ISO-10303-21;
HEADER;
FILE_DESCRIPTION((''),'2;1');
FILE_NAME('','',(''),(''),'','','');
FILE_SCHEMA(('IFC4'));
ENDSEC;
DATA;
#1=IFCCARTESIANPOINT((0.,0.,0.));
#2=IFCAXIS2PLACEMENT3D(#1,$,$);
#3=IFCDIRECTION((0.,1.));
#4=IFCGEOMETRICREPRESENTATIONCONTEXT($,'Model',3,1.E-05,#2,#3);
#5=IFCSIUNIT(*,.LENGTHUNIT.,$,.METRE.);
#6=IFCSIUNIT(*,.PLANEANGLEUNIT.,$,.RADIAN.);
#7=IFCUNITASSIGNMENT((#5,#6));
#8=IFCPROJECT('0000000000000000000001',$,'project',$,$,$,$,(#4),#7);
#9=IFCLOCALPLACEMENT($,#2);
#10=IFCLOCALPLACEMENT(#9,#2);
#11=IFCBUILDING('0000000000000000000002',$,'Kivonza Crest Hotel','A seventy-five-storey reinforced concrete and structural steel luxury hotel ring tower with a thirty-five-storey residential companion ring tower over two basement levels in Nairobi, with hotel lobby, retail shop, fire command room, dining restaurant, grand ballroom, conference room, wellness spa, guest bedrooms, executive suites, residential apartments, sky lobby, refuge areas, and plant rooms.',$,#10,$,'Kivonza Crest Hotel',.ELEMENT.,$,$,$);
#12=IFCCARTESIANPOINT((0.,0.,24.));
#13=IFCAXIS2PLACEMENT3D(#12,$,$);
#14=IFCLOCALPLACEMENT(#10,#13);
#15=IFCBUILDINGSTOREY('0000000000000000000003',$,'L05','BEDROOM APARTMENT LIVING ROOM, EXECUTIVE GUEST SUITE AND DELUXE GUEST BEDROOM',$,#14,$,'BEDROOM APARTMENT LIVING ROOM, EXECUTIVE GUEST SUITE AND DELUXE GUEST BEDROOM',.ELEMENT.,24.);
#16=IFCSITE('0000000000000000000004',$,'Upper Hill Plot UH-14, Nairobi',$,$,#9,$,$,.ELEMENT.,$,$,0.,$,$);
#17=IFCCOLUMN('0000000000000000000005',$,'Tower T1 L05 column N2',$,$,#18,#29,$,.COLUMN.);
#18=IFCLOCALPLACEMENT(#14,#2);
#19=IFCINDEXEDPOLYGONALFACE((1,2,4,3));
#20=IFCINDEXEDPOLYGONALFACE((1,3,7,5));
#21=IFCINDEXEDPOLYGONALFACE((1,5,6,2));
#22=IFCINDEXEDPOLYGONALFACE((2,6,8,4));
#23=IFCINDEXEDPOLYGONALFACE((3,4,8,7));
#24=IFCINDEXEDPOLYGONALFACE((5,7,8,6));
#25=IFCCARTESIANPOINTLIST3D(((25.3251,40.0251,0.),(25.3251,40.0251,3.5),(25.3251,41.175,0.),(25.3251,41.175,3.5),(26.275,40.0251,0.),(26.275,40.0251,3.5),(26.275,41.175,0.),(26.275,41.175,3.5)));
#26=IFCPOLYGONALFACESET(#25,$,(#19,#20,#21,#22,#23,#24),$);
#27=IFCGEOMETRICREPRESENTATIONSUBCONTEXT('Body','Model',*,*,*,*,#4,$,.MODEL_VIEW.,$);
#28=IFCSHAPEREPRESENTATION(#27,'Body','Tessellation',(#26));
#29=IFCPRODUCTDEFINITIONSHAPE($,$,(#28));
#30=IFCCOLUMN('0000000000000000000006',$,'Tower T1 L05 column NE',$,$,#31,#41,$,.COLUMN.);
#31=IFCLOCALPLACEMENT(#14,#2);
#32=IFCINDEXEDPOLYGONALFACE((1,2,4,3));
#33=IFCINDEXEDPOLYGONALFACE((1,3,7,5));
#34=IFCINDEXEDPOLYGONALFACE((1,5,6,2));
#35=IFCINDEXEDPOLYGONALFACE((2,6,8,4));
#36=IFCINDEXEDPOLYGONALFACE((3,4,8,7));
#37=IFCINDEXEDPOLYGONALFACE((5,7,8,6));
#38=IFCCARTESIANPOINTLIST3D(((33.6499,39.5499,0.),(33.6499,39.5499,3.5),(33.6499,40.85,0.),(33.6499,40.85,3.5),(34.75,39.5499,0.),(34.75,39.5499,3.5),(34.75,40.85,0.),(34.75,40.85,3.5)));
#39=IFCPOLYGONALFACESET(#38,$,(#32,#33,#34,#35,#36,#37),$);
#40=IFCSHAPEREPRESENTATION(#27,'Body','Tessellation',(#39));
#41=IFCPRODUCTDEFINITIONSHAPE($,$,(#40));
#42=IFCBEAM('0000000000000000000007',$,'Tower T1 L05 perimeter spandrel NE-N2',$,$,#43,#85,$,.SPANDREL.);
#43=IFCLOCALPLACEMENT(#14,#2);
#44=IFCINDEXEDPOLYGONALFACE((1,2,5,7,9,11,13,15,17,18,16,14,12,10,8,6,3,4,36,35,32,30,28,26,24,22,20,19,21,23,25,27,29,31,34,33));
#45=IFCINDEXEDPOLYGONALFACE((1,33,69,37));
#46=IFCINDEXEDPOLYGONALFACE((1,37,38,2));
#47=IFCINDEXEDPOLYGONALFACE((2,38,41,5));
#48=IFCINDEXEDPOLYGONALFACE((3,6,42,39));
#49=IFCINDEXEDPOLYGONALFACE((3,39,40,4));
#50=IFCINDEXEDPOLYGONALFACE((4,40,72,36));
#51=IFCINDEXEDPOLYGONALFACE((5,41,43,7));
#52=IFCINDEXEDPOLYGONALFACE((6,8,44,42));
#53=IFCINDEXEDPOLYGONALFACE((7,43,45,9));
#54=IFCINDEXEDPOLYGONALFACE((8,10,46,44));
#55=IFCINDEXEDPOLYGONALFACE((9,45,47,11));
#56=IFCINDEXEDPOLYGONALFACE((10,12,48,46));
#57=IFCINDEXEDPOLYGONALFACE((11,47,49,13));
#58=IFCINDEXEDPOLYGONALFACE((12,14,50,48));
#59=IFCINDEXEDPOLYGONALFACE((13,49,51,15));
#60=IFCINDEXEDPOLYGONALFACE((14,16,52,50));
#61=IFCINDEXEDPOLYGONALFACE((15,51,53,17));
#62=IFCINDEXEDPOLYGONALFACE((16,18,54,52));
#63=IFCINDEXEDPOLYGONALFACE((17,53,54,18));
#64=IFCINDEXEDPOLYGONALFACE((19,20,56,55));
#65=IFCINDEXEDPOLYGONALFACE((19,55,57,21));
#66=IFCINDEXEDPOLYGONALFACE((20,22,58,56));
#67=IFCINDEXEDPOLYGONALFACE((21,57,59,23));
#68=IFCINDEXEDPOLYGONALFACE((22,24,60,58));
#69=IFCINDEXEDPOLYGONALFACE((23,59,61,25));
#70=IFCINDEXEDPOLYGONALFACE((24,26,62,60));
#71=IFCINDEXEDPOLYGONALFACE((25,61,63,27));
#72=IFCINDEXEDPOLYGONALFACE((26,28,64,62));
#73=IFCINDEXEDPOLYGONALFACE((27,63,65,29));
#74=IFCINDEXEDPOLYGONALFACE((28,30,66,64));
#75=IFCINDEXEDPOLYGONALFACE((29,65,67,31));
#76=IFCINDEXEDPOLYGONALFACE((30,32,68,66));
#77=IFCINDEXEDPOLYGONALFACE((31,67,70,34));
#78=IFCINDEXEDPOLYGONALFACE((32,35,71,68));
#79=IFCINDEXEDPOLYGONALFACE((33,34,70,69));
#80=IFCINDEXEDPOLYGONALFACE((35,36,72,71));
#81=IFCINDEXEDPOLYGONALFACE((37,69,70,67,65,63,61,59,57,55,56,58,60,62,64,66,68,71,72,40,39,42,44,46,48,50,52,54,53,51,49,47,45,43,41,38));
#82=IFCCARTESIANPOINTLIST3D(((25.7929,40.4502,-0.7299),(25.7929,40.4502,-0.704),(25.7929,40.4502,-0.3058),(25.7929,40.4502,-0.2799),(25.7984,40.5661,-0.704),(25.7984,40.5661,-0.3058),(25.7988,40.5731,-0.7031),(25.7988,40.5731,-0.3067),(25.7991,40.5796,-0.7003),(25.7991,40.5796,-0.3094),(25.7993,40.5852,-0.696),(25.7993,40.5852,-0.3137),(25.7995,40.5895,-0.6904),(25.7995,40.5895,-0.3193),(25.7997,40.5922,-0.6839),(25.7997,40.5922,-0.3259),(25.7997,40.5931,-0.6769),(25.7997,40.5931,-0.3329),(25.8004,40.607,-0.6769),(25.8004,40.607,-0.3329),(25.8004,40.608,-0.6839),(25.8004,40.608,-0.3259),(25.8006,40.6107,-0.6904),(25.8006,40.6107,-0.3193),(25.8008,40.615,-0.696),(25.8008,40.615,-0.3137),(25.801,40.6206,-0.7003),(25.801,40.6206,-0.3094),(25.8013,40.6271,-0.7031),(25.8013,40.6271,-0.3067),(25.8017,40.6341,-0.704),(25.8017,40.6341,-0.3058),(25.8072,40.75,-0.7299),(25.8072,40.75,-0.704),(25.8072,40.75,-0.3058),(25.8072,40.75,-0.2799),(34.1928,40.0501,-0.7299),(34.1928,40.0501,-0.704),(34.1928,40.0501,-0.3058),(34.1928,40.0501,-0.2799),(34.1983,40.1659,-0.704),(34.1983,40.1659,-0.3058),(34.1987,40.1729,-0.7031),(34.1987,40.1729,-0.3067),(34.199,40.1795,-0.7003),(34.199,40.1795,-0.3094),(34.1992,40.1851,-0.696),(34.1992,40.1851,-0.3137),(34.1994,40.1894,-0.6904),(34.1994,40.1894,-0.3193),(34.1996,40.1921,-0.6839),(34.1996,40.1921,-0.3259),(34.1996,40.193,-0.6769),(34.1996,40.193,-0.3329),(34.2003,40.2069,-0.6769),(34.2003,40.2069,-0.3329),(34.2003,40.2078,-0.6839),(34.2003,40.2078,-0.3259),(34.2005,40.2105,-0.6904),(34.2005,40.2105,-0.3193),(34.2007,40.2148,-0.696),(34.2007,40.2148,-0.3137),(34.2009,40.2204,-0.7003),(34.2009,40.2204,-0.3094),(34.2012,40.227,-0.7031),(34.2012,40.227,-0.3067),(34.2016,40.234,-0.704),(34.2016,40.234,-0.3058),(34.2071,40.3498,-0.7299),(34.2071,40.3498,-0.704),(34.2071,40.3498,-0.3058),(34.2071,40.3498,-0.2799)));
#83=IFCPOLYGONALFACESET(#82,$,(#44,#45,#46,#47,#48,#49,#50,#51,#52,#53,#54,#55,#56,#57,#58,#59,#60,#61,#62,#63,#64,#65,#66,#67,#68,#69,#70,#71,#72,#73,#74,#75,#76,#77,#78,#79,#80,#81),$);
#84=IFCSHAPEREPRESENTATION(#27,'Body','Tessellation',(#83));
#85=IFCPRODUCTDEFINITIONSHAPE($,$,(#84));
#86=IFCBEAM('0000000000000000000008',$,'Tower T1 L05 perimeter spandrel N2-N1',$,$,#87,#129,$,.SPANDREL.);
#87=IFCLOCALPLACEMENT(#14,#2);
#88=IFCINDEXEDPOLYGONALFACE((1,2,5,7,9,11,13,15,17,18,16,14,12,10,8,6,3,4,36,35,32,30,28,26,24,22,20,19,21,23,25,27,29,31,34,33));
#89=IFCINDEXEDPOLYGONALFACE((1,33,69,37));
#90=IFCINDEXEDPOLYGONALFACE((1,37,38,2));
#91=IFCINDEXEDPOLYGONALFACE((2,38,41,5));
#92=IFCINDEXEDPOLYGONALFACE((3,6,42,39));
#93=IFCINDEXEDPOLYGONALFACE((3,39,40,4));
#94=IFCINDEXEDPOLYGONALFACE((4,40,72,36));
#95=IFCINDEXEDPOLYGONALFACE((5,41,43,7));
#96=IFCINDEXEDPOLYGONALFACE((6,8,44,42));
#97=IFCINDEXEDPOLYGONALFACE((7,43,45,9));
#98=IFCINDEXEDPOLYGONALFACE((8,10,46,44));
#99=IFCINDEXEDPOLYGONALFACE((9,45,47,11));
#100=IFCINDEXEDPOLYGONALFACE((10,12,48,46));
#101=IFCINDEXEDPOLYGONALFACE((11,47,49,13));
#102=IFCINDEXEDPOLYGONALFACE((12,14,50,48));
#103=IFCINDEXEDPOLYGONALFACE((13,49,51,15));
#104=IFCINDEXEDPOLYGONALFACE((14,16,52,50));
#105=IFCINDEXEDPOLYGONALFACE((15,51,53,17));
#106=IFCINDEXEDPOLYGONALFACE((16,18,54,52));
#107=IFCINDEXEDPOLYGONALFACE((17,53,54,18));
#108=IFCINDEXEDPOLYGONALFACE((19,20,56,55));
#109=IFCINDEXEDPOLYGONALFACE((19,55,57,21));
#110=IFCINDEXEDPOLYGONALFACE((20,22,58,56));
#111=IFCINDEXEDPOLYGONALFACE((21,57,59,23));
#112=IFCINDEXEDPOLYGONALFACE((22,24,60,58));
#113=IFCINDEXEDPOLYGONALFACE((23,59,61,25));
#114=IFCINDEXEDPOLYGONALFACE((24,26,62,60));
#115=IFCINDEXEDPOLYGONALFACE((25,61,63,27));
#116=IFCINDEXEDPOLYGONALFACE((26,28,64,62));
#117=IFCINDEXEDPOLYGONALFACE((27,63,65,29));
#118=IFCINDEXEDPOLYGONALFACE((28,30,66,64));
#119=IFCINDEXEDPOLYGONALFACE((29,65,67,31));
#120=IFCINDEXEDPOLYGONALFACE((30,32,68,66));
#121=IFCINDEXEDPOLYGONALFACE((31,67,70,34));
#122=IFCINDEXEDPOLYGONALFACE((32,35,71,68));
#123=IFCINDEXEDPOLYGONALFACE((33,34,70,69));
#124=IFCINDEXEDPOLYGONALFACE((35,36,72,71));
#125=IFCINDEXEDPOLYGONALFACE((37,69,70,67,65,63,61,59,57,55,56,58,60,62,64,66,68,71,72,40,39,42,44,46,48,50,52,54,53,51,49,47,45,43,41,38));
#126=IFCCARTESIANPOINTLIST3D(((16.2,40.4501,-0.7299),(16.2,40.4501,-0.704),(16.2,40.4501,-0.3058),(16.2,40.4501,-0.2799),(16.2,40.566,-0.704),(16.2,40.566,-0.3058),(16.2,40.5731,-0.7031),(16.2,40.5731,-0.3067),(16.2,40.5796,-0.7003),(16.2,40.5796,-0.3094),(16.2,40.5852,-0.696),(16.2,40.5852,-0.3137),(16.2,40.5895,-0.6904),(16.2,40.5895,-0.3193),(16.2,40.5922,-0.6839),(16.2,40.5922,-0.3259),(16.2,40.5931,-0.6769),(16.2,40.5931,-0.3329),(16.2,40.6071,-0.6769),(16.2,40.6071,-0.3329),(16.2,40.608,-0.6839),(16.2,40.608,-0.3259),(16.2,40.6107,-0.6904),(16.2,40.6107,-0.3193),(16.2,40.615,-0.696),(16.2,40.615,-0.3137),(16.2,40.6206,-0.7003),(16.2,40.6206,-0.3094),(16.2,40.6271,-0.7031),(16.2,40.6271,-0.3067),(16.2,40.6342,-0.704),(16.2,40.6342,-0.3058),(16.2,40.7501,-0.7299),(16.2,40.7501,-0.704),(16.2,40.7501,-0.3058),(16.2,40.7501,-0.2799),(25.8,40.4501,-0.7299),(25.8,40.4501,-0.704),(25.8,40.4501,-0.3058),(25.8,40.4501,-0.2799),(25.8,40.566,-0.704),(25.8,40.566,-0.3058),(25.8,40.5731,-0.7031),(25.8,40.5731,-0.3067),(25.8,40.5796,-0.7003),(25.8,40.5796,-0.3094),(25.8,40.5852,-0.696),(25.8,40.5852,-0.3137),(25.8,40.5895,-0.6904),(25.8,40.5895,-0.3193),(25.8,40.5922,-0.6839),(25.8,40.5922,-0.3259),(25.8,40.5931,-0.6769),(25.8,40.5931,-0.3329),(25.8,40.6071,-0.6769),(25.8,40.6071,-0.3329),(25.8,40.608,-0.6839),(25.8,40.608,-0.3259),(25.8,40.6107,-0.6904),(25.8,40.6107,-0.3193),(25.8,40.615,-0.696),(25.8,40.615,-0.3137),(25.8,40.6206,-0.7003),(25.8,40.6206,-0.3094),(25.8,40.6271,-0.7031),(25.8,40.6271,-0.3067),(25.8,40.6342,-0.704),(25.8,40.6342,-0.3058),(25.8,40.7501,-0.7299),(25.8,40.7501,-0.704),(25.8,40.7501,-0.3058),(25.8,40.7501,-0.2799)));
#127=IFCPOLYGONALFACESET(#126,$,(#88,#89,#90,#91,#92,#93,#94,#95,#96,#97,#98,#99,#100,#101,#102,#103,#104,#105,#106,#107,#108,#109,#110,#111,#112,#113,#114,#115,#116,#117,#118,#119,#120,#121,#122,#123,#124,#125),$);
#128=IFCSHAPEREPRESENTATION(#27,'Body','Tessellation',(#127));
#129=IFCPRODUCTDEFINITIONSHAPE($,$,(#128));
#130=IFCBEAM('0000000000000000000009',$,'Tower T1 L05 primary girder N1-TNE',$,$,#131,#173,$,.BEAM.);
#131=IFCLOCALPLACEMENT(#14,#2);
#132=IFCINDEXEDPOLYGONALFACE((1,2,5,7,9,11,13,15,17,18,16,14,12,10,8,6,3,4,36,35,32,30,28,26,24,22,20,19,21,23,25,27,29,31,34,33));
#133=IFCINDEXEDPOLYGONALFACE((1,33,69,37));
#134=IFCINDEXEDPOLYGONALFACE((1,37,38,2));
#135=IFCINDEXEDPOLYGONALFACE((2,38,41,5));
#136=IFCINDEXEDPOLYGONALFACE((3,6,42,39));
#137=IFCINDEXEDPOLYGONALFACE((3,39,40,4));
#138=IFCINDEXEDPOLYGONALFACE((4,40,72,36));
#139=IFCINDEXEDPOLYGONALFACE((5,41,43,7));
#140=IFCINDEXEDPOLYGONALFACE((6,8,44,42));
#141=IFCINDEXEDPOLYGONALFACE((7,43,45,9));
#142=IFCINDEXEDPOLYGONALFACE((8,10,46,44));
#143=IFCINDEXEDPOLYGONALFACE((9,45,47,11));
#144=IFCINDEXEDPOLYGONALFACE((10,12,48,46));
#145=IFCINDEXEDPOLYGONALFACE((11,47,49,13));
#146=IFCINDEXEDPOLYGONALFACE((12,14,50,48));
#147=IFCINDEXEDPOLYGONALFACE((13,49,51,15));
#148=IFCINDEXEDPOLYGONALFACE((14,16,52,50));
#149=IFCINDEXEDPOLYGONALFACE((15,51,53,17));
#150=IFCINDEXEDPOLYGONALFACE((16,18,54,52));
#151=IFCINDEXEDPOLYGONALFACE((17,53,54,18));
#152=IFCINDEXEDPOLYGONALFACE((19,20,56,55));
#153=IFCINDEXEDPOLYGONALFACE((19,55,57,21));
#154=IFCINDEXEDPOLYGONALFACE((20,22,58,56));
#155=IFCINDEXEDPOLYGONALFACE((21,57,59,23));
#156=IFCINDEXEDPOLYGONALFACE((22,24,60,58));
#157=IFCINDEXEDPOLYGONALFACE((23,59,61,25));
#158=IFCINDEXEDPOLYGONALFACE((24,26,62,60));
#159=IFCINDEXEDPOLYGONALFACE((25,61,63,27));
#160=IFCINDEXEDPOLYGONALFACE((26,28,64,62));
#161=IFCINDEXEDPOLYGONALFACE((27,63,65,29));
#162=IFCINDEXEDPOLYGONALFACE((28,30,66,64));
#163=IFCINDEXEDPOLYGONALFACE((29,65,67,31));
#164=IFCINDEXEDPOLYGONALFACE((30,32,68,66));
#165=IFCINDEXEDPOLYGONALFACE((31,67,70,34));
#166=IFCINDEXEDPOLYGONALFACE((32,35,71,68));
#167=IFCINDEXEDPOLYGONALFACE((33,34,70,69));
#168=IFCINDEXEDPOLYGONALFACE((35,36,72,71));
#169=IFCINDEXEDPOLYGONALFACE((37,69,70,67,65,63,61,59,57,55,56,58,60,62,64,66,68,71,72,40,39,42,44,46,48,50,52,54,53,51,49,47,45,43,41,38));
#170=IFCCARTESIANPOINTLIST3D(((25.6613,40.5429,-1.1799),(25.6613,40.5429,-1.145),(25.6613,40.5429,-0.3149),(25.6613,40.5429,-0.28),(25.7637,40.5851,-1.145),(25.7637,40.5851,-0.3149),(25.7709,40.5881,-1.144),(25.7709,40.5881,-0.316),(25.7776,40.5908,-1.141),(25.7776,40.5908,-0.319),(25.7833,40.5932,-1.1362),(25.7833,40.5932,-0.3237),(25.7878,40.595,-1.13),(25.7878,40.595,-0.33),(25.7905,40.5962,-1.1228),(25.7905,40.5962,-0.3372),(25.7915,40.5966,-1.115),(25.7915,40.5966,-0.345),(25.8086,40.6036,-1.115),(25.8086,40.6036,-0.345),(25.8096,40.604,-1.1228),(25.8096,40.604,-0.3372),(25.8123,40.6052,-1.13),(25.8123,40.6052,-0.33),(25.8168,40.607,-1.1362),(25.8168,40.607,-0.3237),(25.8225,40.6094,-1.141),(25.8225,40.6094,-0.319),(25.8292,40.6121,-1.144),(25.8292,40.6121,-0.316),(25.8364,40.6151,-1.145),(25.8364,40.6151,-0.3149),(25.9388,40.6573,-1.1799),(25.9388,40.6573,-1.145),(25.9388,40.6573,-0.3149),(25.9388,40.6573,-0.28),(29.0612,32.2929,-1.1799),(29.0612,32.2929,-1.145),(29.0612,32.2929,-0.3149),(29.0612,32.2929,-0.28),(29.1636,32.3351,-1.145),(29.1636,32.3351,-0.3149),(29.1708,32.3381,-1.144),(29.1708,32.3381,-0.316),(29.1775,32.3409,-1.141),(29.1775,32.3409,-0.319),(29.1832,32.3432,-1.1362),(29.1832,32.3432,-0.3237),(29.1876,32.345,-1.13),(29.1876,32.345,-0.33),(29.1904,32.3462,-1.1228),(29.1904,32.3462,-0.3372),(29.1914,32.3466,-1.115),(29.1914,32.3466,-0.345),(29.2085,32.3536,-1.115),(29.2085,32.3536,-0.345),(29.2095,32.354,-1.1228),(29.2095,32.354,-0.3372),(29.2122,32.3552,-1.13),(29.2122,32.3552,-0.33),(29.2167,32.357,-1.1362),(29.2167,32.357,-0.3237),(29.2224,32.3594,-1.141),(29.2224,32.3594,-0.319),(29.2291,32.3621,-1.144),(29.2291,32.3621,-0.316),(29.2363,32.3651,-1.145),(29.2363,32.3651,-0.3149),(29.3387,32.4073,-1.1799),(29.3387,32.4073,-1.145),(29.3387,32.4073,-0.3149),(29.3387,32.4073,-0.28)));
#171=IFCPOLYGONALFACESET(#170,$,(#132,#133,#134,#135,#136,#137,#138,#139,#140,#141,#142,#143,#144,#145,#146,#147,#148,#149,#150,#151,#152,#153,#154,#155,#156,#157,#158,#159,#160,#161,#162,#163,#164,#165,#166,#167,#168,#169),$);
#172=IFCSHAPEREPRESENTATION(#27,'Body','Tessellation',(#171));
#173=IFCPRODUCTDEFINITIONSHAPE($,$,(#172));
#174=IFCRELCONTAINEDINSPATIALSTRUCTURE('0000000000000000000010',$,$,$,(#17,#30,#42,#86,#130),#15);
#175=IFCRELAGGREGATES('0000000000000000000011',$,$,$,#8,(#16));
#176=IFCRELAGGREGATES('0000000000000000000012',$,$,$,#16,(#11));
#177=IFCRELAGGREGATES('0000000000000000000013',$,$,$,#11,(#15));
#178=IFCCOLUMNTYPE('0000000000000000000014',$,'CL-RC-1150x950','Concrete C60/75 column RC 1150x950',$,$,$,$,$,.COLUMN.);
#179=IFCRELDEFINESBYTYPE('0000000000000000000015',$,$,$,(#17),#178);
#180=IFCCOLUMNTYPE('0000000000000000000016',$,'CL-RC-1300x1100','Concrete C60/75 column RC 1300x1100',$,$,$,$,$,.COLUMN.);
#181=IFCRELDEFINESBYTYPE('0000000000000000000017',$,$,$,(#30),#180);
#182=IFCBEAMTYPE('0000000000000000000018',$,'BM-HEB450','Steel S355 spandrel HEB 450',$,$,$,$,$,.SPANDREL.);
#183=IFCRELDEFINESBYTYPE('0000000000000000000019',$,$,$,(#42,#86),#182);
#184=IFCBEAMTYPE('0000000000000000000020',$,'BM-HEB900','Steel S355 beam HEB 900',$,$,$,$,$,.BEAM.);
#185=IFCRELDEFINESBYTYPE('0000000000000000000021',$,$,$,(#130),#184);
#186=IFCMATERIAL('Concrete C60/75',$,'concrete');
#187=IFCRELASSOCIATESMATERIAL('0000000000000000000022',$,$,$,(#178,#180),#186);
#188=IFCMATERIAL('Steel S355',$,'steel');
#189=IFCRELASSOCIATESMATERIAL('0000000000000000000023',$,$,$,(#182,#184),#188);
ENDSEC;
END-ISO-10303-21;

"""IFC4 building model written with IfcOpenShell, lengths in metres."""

from ifc_helpers import new_model, si_unit, direction, frame, origin, origin_2d, place, context, subcontext, project, spatial, rectangle, i_section, extrude, material, material_profile, profile_set, type_object, element, save


model = new_model("IFC4")

# Units and contexts
model_context = context("Model", 3, precision=1e-05, world=origin(), true_north=direction((0.0, 1.0)))
body_context = subcontext(model_context, "Body", "Model", "MODEL_VIEW")
ifc_project = project(units=[si_unit("LENGTHUNIT", "METRE"), si_unit("PLANEANGLEUNIT", "RADIAN")], contexts=[model_context])

# Site, building, storey
site_placement = place(None, origin())
site = spatial("IfcSite", under=ifc_project, at=site_placement, Name="Upper Hill Plot UH-14, Nairobi", CompositionType="ELEMENT", RefElevation=0.0)
building_placement = place(site_placement, origin())
building = spatial("IfcBuilding", under=site, at=building_placement, Name="Kivonza Crest Hotel", Description="A seventy-five-storey reinforced concrete and structural steel luxury hotel ring tower with a thirty-five-storey residential companion ring tower over two basement levels in Nairobi, with hotel lobby, retail shop, fire command room, dining restaurant, grand ballroom, conference room, wellness spa, guest bedrooms, executive suites, residential apartments, sky lobby, refuge areas, and plant rooms.", LongName="Kivonza Crest Hotel", CompositionType="ELEMENT")
storey_placement = place(building_placement, frame((0.0, 0.0, 24.0)))
storey = spatial("IfcBuildingStorey", under=building, at=storey_placement, Name="L05", Description="BEDROOM APARTMENT LIVING ROOM, EXECUTIVE GUEST SUITE AND DELUXE GUEST BEDROOM", LongName="BEDROOM APARTMENT LIVING ROOM, EXECUTIVE GUEST SUITE AND DELUXE GUEST BEDROOM", CompositionType="ELEMENT", Elevation=24.0)

# Columns
ifc_material_1 = material(Name="Concrete C60/75", Category="concrete")
ifc_material_profile_1 = material_profile(ifc_material_1, rectangle(XDim=0.95, YDim=1.1499, at=origin_2d()), Name="RC 1150x950")
ifc_profile_set_1 = profile_set([ifc_material_profile_1], Name="Concrete C60/75")
column_type_1 = type_object("IfcColumnType", Name="CL-RC-1150x950", Description="Concrete C60/75 column RC 1150x950", PredefinedType="COLUMN", material=ifc_profile_set_1)
column_1_placement = place(storey_placement, frame((25.8, 40.6001, 0.0), z_axis=(0.0, 0.0, 1.0), x_axis=(1.0, 0.0, 0.0)))
element("IfcColumn", 1, at=column_1_placement, inside=storey, type_object=column_type_1, Name="Tower T1 L05 column N2", PredefinedType="COLUMN", context=body_context, shape_type="SweptSolid", body=[
    extrude(rectangle(XDim=0.95, YDim=1.1499, at=origin_2d()), origin(), (0.0, 0.0, 1.0), 3.5),
])
ifc_material_profile_2 = material_profile(ifc_material_1, rectangle(XDim=1.1001, YDim=1.3, at=origin_2d()), Name="RC 1300x1100")
ifc_profile_set_2 = profile_set([ifc_material_profile_2], Name="Concrete C60/75")
column_type_2 = type_object("IfcColumnType", Name="CL-RC-1300x1100", Description="Concrete C60/75 column RC 1300x1100", PredefinedType="COLUMN", material=ifc_profile_set_2)
column_2_placement = place(storey_placement, frame((34.2, 40.2, 0.0), z_axis=(0.0, 0.0, 1.0), x_axis=(1.0, 0.0, 0.0)))
element("IfcColumn", 2, at=column_2_placement, inside=storey, type_object=column_type_2, Name="Tower T1 L05 column NE", PredefinedType="COLUMN", context=body_context, shape_type="SweptSolid", body=[
    extrude(rectangle(XDim=1.1001, YDim=1.3, at=origin_2d()), origin(), (0.0, 0.0, 1.0), 3.5),
])

# Beams
ifc_material_2 = material(Name="Steel S355", Category="steel")
ifc_material_profile_3 = material_profile(ifc_material_2, i_section(OverallWidth=0.3, OverallDepth=0.45, WebThickness=0.0139, FlangeThickness=0.0259, FilletRadius=0.0271, at=origin_2d()), Name="HEB 450")
ifc_profile_set_3 = profile_set([ifc_material_profile_3], Name="Steel S355")
beam_type_1 = type_object("IfcBeamType", Name="BM-HEB450", Description="Steel S355 spandrel HEB 450", PredefinedType="SPANDREL", material=ifc_profile_set_3)
beam_1_placement = place(storey_placement, frame((34.2, 40.2, -0.5049), z_axis=(-0.998867, 0.047583, 0.0), x_axis=(-0.047583, -0.998867, 0.0)))
element("IfcBeam", 3, at=beam_1_placement, inside=storey, type_object=beam_type_1, Name="Tower T1 L05 perimeter spandrel NE-N2", PredefinedType="SPANDREL", context=body_context, shape_type="SweptSolid", body=[
    extrude(i_section(OverallWidth=0.3, OverallDepth=0.45, WebThickness=0.0139, FlangeThickness=0.0259, FilletRadius=0.0271, at=origin_2d()), origin(), (0.0, 0.0, 1.0), 8.4094),
])
beam_2_placement = place(storey_placement, frame((25.8, 40.6001, -0.5049), z_axis=(-1.0, 0.0, 0.0), x_axis=(0.0, -1.0, 0.0)))
element("IfcBeam", 4, at=beam_2_placement, inside=storey, type_object=beam_type_1, Name="Tower T1 L05 perimeter spandrel N2-N1", PredefinedType="SPANDREL", context=body_context, shape_type="SweptSolid", body=[
    extrude(i_section(OverallWidth=0.3, OverallDepth=0.45, WebThickness=0.0139, FlangeThickness=0.0259, FilletRadius=0.0271, at=origin_2d()), origin(), (0.0, 0.0, 1.0), 9.6001),
])
ifc_material_profile_4 = material_profile(ifc_material_2, i_section(OverallWidth=0.3, OverallDepth=0.8999, WebThickness=0.0186, FlangeThickness=0.0349, FilletRadius=0.03, at=origin_2d()), Name="HEB 900")
ifc_profile_set_4 = profile_set([ifc_material_profile_4], Name="Steel S355")
beam_type_2 = type_object("IfcBeamType", Name="BM-HEB900", Description="Steel S355 beam HEB 900", PredefinedType="BEAM", material=ifc_profile_set_4)
beam_3_placement = place(storey_placement, frame((25.8, 40.6001, -0.73), z_axis=(0.381022, -0.924566, 0.0), x_axis=(0.924566, 0.381022, 0.0)))
element("IfcBeam", 5, at=beam_3_placement, inside=storey, type_object=beam_type_2, Name="Tower T1 L05 primary girder N1-TNE", PredefinedType="BEAM", context=body_context, shape_type="SweptSolid", body=[
    extrude(i_section(OverallWidth=0.3, OverallDepth=0.8999, WebThickness=0.0186, FlangeThickness=0.0349, FilletRadius=0.03, at=origin_2d()), origin(), (0.0, 0.0, 1.0), 8.9231),
])

save(model, "model.ifc")
